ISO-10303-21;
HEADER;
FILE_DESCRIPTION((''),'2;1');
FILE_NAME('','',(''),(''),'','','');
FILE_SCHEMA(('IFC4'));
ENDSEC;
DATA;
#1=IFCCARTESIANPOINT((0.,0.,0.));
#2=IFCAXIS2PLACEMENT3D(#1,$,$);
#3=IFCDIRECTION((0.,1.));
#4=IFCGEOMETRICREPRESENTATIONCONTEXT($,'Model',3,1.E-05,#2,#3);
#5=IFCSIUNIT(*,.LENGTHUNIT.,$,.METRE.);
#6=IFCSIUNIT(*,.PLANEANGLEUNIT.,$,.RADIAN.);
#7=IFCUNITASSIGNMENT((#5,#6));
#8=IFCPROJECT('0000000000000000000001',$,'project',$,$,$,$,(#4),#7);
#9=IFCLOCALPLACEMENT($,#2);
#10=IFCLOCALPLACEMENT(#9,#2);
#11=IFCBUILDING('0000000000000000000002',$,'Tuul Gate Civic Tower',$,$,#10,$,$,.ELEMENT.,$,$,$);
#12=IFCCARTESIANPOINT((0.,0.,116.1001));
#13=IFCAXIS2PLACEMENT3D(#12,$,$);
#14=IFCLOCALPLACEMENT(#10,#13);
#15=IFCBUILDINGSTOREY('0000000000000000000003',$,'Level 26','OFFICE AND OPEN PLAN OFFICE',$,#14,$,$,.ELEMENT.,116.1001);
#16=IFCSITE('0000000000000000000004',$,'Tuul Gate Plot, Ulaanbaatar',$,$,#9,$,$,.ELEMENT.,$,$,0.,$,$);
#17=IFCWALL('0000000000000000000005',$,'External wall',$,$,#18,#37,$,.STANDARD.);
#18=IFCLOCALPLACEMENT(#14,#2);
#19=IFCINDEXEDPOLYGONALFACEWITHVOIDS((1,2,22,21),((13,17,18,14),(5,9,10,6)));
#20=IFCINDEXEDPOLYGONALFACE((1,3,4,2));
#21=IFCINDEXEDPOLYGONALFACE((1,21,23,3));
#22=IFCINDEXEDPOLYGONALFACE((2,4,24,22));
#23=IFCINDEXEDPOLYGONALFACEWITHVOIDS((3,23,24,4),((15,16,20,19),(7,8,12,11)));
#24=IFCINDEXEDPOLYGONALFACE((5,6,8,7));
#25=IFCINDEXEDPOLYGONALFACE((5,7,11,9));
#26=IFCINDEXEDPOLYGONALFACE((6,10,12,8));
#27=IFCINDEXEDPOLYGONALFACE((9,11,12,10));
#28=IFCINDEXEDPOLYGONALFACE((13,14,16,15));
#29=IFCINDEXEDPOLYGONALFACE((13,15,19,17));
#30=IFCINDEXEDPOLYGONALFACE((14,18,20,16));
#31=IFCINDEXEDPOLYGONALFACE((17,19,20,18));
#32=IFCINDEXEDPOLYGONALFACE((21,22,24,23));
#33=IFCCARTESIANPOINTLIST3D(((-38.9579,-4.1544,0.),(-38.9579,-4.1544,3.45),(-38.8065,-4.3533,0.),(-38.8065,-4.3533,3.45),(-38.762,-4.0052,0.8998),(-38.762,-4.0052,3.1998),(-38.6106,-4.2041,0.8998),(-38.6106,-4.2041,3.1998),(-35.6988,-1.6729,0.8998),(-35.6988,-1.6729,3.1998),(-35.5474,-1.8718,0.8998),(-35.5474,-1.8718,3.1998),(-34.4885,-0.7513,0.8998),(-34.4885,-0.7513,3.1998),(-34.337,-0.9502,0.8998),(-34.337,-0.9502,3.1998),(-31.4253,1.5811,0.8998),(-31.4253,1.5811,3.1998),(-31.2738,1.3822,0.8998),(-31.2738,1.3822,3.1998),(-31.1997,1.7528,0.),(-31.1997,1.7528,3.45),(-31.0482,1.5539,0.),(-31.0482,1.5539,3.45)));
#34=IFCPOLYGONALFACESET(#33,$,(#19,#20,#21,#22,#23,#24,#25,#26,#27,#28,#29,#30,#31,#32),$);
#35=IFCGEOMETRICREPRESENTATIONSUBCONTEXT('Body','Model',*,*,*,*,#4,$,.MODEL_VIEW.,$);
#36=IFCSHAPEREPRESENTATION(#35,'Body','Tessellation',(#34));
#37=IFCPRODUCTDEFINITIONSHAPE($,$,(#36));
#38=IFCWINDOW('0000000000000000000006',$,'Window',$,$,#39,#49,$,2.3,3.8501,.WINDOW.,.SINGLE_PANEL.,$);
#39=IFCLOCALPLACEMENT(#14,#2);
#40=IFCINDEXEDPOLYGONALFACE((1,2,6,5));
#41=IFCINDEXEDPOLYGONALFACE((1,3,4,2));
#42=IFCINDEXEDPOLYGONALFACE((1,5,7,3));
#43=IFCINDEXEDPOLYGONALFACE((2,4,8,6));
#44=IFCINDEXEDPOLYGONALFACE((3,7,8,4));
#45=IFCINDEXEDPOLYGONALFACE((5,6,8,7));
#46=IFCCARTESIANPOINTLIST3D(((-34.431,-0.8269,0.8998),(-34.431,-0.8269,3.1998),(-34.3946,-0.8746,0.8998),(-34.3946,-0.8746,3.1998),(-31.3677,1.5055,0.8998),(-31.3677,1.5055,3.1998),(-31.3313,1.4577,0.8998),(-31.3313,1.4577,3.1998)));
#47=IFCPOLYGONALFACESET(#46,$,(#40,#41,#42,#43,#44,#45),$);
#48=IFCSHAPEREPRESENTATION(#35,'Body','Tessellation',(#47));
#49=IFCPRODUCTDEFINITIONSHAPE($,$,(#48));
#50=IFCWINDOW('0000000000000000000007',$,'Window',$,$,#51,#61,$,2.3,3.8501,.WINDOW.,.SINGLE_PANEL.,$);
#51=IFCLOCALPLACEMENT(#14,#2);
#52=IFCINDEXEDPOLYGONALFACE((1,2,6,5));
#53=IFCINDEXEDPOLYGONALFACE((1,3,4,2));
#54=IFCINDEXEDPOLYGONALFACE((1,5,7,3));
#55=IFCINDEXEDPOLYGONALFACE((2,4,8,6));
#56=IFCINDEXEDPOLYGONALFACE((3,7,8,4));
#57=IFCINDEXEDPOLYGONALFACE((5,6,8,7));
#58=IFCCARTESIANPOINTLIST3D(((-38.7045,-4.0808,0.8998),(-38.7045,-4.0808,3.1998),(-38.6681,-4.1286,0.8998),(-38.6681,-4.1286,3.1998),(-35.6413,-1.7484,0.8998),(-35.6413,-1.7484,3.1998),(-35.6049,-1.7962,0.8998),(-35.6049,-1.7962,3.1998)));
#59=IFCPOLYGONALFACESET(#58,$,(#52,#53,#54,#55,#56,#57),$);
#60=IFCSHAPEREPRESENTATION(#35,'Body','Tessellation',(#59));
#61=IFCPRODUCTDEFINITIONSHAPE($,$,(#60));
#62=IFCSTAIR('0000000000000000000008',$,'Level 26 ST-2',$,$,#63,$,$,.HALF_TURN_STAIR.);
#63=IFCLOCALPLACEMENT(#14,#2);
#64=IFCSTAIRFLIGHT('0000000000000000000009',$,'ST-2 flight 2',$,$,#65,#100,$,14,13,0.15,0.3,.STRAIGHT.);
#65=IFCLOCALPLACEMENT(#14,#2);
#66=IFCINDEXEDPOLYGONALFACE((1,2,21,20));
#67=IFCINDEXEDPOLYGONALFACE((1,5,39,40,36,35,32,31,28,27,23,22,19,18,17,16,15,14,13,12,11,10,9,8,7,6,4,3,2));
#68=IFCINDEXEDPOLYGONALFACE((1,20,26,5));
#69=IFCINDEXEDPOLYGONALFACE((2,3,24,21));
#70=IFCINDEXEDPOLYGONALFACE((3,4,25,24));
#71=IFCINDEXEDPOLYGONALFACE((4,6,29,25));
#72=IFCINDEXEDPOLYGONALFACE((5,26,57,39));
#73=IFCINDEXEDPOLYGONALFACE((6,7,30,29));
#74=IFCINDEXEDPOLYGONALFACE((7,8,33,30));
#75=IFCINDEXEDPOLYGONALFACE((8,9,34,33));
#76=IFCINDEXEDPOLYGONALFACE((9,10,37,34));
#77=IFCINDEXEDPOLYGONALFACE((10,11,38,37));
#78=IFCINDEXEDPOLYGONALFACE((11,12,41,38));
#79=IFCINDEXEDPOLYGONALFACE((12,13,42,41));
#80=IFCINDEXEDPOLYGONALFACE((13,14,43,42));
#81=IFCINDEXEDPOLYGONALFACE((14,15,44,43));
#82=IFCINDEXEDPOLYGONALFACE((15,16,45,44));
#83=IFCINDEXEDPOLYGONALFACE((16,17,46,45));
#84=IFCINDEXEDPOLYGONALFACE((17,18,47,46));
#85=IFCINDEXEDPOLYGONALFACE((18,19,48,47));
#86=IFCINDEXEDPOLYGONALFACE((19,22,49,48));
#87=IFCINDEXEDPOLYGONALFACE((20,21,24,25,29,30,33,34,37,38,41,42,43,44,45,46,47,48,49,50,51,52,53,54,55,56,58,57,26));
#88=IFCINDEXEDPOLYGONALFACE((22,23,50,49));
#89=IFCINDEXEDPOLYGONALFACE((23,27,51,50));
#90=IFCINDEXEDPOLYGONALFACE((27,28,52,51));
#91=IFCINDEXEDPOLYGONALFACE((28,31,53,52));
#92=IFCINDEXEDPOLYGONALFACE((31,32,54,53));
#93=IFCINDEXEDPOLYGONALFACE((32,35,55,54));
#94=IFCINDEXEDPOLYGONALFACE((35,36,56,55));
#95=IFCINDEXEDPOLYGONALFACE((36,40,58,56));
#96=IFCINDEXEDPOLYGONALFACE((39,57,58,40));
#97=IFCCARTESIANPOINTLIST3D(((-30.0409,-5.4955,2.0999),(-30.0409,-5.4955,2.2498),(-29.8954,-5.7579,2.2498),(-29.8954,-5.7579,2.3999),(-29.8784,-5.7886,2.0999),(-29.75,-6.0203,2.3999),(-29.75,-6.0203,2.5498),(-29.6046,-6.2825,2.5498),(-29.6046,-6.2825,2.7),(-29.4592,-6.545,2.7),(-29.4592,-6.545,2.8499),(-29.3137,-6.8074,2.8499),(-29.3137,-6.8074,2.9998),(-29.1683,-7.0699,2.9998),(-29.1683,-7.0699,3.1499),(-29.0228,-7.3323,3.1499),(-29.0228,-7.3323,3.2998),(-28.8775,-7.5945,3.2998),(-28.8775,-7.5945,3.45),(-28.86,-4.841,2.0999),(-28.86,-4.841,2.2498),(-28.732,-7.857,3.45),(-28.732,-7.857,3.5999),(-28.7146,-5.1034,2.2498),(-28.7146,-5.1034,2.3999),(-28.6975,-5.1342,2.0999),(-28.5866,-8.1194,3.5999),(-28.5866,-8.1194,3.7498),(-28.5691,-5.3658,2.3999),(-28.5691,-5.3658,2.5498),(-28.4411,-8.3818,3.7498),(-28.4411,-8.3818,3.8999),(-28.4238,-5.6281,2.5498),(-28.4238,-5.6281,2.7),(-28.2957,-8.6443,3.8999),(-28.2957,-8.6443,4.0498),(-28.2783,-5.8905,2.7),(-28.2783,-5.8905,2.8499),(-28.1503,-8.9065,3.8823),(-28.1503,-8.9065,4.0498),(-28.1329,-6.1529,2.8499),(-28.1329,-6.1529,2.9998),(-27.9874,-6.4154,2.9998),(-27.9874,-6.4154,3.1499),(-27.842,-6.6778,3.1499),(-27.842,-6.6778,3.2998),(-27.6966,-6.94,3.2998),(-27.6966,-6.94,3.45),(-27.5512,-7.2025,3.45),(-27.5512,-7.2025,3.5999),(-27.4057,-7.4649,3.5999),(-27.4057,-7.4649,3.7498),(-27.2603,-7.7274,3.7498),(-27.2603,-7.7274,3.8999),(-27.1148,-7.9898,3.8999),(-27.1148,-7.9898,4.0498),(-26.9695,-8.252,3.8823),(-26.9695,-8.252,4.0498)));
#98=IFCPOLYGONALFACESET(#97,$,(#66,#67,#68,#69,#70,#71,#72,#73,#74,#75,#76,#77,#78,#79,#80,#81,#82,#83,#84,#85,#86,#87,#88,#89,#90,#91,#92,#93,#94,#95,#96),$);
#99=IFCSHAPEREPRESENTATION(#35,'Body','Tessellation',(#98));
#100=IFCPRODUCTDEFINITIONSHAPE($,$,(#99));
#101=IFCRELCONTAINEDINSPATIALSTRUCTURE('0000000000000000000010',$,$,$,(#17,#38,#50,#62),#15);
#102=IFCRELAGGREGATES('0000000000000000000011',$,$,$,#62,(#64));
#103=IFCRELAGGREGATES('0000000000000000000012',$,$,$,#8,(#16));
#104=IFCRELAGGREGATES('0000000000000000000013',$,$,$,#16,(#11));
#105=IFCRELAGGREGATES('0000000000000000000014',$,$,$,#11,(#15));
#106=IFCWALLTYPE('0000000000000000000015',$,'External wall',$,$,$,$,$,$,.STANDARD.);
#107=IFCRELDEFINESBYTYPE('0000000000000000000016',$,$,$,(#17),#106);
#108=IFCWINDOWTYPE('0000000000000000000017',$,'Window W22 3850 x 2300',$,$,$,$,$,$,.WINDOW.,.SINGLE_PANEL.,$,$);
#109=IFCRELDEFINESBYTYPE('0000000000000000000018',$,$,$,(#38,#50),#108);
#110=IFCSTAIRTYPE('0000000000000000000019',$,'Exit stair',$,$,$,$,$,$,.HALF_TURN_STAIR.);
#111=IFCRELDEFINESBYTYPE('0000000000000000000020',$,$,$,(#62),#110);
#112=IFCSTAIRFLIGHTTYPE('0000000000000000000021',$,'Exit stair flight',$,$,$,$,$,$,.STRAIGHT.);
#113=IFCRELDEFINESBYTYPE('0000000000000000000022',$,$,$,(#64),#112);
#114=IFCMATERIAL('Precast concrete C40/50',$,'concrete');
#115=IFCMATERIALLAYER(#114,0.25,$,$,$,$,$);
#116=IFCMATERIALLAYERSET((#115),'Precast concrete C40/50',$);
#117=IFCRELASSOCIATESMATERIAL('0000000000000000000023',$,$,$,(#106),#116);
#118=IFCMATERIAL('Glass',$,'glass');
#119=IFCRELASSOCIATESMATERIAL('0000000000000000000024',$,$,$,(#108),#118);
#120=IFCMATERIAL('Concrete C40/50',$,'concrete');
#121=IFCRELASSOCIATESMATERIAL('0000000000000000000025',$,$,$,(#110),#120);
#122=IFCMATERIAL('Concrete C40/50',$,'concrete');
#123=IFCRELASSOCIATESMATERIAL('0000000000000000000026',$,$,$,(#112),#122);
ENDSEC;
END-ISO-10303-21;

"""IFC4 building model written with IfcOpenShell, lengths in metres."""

from ifc_helpers import new_model, si_unit, direction, frame, frame_2d, origin, place, context, subcontext, project, spatial, polyline, rectangle, outline, extrude, material, layer, layer_set, type_object, element, fill, aggregate, save


model = new_model("IFC4")

# Units and contexts
model_context = context("Model", 3, precision=1e-05, world=origin(), true_north=direction((0.0, 1.0)))
body_context = subcontext(model_context, "Body", "Model", "MODEL_VIEW")
ifc_project = project(units=[si_unit("LENGTHUNIT", "METRE"), si_unit("PLANEANGLEUNIT", "RADIAN")], contexts=[model_context])

# Site, building, storey
site_placement = place(None, origin())
site = spatial("IfcSite", under=ifc_project, at=site_placement, Name="Tuul Gate Plot, Ulaanbaatar", CompositionType="ELEMENT", RefElevation=0.0)
building_placement = place(site_placement, origin())
building = spatial("IfcBuilding", under=site, at=building_placement, Name="Tuul Gate Civic Tower", CompositionType="ELEMENT")
storey_placement = place(building_placement, frame((0.0, 0.0, 116.1001)))
storey = spatial("IfcBuildingStorey", under=building, at=storey_placement, Name="Level 26", Description="OFFICE AND OPEN PLAN OFFICE", CompositionType="ELEMENT", Elevation=116.1001)

# Wall, openings, windows
ifc_material_1 = material(Name="Precast concrete C40/50", Category="concrete")
ifc_layer_1 = layer(ifc_material_1, 0.25)
ifc_layer_set_1 = layer_set([ifc_layer_1], Name="Precast concrete C40/50")
wall_type_1 = type_object("IfcWallType", Name="External wall", PredefinedType="STANDARD", material=ifc_layer_set_1)
wall_1_placement = place(storey_placement, frame((-31.124, 1.6533, 0.0), z_axis=(0.0, 0.0, 1.0), x_axis=(-0.795622, -0.605793, 0.0)))
wall_1 = element("IfcWall", 1, at=wall_1_placement, inside=storey, type_object=wall_type_1, Name="External wall", PredefinedType="STANDARD", context=body_context, shape_type="SweptSolid", body=[
    extrude(rectangle(XDim=9.7512, YDim=0.25, at=frame_2d((4.8755, 0.0))), origin(), (0.0, 0.0, 1.0), 3.45),
])
opening_1_placement = place(wall_1_placement, frame((0.2834, 0.0, 0.8999)))
opening_1 = element("IfcOpeningElement", 2, at=opening_1_placement, cuts=wall_1, PredefinedType="OPENING", context=body_context, shape_type="SweptSolid", body=[
    extrude(rectangle(XDim=3.8501, YDim=2.3, at=frame_2d((1.925, 1.1499))), frame((0.0, 0.135, 0.0), z_axis=(0.0, -1.0, 0.0), x_axis=(1.0, 0.0, 0.0)), (0.0, 0.0, 1.0), 0.27),
])
opening_2_placement = place(wall_1_placement, frame((5.6548, 0.0, 0.8999)))
opening_2 = element("IfcOpeningElement", 3, at=opening_2_placement, cuts=wall_1, PredefinedType="OPENING", context=body_context, shape_type="SweptSolid", body=[
    extrude(rectangle(XDim=3.8501, YDim=2.3, at=frame_2d((1.925, 1.1499))), frame((0.0, 0.135, 0.0), z_axis=(0.0, -1.0, 0.0), x_axis=(1.0, 0.0, 0.0)), (0.0, 0.0, 1.0), 0.27),
])
ifc_material_2 = material(Name="Glass", Category="glass")
window_type = type_object("IfcWindowType", Name="Window W22 3850 x 2300", PartitioningType="SINGLE_PANEL", PredefinedType="WINDOW", material=ifc_material_2)
window_1_placement = place(opening_1_placement, origin())
window_1 = element("IfcWindow", 4, at=window_1_placement, inside=storey, type_object=window_type, Name="Window", OverallHeight=2.3, OverallWidth=3.8501, PartitioningType="SINGLE_PANEL", PredefinedType="WINDOW", context=body_context, shape_type="SweptSolid", body=[
    extrude(rectangle(XDim=3.8501, YDim=2.3, at=frame_2d((1.925, 1.1499))), frame((0.0, 0.03, 0.0), z_axis=(0.0, -1.0, 0.0), x_axis=(1.0, 0.0, 0.0)), (0.0, 0.0, 1.0), 0.0601),
])
fill(opening_1, window_1)
window_2_placement = place(opening_2_placement, origin())
window_2 = element("IfcWindow", 5, at=window_2_placement, inside=storey, type_object=window_type, Name="Window", OverallHeight=2.3, OverallWidth=3.8501, PartitioningType="SINGLE_PANEL", PredefinedType="WINDOW", context=body_context, shape_type="SweptSolid", body=[
    extrude(rectangle(XDim=3.8501, YDim=2.3, at=frame_2d((1.925, 1.1499))), frame((0.0, 0.03, 0.0), z_axis=(0.0, -1.0, 0.0), x_axis=(1.0, 0.0, 0.0)), (0.0, 0.0, 1.0), 0.0601),
])
fill(opening_2, window_2)

# Stair, stair flight
ifc_material_3 = material(Name="Concrete C40/50", Category="concrete")
stair_type = type_object("IfcStairType", Name="Exit stair", PredefinedType="HALF_TURN_STAIR", material=ifc_material_3)
stair_placement = place(storey_placement, origin())
stair = element("IfcStair", 6, at=stair_placement, inside=storey, type_object=stair_type, Name="Level 26 ST-2", PredefinedType="HALF_TURN_STAIR")
ifc_material_4 = material(Name="Concrete C40/50", Category="concrete")
stair_flight_type = type_object("IfcStairFlightType", Name="Exit stair flight", PredefinedType="STRAIGHT", material=ifc_material_4)
stair_flight_placement = place(storey_placement, frame((-29.4504, -5.1682, 2.0999), z_axis=(0.0, 0.0, 1.0), x_axis=(0.484762, -0.874646, 0.0)))
stair_flight = element("IfcStairFlight", 7, at=stair_flight_placement, type_object=stair_flight_type, Name="ST-2 flight 2", NumberOfRisers=14, NumberOfTreads=13, PredefinedType="STRAIGHT", RiserHeight=0.15, TreadLength=0.3, context=body_context, shape_type="SweptSolid", body=[
    extrude(outline(polyline([(0.0, 0.0), (0.0, 0.1499), (0.3, 0.1499), (0.3, 0.3), (0.6001, 0.3), (0.6001, 0.45), (0.8999, 0.45), (0.8999, 0.6001), (1.2, 0.6001), (1.2, 0.75), (1.5, 0.75), (1.5, 0.8999), (1.8, 0.8999), (1.8, 1.05), (2.1001, 1.05), (2.1001, 1.2), (2.3999, 1.2), (2.3999, 1.3501), (2.7, 1.3501), (2.7, 1.5), (3.0, 1.5), (3.0, 1.6499), (3.3, 1.6499), (3.3, 1.8), (3.6001, 1.8), (3.6001, 1.95), (3.8999, 1.95), (3.8999, 2.1001), (3.8999, 1.7825), (0.3352, 0.0), (0.0, 0.0)])), frame((0.0, 0.675, 0.0), z_axis=(0.0, -1.0, 0.0), x_axis=(1.0, 0.0, 0.0)), (0.0, 0.0, 1.0), 1.3501),
])
aggregate(stair, [stair_flight])

save(model, "model.ifc")
